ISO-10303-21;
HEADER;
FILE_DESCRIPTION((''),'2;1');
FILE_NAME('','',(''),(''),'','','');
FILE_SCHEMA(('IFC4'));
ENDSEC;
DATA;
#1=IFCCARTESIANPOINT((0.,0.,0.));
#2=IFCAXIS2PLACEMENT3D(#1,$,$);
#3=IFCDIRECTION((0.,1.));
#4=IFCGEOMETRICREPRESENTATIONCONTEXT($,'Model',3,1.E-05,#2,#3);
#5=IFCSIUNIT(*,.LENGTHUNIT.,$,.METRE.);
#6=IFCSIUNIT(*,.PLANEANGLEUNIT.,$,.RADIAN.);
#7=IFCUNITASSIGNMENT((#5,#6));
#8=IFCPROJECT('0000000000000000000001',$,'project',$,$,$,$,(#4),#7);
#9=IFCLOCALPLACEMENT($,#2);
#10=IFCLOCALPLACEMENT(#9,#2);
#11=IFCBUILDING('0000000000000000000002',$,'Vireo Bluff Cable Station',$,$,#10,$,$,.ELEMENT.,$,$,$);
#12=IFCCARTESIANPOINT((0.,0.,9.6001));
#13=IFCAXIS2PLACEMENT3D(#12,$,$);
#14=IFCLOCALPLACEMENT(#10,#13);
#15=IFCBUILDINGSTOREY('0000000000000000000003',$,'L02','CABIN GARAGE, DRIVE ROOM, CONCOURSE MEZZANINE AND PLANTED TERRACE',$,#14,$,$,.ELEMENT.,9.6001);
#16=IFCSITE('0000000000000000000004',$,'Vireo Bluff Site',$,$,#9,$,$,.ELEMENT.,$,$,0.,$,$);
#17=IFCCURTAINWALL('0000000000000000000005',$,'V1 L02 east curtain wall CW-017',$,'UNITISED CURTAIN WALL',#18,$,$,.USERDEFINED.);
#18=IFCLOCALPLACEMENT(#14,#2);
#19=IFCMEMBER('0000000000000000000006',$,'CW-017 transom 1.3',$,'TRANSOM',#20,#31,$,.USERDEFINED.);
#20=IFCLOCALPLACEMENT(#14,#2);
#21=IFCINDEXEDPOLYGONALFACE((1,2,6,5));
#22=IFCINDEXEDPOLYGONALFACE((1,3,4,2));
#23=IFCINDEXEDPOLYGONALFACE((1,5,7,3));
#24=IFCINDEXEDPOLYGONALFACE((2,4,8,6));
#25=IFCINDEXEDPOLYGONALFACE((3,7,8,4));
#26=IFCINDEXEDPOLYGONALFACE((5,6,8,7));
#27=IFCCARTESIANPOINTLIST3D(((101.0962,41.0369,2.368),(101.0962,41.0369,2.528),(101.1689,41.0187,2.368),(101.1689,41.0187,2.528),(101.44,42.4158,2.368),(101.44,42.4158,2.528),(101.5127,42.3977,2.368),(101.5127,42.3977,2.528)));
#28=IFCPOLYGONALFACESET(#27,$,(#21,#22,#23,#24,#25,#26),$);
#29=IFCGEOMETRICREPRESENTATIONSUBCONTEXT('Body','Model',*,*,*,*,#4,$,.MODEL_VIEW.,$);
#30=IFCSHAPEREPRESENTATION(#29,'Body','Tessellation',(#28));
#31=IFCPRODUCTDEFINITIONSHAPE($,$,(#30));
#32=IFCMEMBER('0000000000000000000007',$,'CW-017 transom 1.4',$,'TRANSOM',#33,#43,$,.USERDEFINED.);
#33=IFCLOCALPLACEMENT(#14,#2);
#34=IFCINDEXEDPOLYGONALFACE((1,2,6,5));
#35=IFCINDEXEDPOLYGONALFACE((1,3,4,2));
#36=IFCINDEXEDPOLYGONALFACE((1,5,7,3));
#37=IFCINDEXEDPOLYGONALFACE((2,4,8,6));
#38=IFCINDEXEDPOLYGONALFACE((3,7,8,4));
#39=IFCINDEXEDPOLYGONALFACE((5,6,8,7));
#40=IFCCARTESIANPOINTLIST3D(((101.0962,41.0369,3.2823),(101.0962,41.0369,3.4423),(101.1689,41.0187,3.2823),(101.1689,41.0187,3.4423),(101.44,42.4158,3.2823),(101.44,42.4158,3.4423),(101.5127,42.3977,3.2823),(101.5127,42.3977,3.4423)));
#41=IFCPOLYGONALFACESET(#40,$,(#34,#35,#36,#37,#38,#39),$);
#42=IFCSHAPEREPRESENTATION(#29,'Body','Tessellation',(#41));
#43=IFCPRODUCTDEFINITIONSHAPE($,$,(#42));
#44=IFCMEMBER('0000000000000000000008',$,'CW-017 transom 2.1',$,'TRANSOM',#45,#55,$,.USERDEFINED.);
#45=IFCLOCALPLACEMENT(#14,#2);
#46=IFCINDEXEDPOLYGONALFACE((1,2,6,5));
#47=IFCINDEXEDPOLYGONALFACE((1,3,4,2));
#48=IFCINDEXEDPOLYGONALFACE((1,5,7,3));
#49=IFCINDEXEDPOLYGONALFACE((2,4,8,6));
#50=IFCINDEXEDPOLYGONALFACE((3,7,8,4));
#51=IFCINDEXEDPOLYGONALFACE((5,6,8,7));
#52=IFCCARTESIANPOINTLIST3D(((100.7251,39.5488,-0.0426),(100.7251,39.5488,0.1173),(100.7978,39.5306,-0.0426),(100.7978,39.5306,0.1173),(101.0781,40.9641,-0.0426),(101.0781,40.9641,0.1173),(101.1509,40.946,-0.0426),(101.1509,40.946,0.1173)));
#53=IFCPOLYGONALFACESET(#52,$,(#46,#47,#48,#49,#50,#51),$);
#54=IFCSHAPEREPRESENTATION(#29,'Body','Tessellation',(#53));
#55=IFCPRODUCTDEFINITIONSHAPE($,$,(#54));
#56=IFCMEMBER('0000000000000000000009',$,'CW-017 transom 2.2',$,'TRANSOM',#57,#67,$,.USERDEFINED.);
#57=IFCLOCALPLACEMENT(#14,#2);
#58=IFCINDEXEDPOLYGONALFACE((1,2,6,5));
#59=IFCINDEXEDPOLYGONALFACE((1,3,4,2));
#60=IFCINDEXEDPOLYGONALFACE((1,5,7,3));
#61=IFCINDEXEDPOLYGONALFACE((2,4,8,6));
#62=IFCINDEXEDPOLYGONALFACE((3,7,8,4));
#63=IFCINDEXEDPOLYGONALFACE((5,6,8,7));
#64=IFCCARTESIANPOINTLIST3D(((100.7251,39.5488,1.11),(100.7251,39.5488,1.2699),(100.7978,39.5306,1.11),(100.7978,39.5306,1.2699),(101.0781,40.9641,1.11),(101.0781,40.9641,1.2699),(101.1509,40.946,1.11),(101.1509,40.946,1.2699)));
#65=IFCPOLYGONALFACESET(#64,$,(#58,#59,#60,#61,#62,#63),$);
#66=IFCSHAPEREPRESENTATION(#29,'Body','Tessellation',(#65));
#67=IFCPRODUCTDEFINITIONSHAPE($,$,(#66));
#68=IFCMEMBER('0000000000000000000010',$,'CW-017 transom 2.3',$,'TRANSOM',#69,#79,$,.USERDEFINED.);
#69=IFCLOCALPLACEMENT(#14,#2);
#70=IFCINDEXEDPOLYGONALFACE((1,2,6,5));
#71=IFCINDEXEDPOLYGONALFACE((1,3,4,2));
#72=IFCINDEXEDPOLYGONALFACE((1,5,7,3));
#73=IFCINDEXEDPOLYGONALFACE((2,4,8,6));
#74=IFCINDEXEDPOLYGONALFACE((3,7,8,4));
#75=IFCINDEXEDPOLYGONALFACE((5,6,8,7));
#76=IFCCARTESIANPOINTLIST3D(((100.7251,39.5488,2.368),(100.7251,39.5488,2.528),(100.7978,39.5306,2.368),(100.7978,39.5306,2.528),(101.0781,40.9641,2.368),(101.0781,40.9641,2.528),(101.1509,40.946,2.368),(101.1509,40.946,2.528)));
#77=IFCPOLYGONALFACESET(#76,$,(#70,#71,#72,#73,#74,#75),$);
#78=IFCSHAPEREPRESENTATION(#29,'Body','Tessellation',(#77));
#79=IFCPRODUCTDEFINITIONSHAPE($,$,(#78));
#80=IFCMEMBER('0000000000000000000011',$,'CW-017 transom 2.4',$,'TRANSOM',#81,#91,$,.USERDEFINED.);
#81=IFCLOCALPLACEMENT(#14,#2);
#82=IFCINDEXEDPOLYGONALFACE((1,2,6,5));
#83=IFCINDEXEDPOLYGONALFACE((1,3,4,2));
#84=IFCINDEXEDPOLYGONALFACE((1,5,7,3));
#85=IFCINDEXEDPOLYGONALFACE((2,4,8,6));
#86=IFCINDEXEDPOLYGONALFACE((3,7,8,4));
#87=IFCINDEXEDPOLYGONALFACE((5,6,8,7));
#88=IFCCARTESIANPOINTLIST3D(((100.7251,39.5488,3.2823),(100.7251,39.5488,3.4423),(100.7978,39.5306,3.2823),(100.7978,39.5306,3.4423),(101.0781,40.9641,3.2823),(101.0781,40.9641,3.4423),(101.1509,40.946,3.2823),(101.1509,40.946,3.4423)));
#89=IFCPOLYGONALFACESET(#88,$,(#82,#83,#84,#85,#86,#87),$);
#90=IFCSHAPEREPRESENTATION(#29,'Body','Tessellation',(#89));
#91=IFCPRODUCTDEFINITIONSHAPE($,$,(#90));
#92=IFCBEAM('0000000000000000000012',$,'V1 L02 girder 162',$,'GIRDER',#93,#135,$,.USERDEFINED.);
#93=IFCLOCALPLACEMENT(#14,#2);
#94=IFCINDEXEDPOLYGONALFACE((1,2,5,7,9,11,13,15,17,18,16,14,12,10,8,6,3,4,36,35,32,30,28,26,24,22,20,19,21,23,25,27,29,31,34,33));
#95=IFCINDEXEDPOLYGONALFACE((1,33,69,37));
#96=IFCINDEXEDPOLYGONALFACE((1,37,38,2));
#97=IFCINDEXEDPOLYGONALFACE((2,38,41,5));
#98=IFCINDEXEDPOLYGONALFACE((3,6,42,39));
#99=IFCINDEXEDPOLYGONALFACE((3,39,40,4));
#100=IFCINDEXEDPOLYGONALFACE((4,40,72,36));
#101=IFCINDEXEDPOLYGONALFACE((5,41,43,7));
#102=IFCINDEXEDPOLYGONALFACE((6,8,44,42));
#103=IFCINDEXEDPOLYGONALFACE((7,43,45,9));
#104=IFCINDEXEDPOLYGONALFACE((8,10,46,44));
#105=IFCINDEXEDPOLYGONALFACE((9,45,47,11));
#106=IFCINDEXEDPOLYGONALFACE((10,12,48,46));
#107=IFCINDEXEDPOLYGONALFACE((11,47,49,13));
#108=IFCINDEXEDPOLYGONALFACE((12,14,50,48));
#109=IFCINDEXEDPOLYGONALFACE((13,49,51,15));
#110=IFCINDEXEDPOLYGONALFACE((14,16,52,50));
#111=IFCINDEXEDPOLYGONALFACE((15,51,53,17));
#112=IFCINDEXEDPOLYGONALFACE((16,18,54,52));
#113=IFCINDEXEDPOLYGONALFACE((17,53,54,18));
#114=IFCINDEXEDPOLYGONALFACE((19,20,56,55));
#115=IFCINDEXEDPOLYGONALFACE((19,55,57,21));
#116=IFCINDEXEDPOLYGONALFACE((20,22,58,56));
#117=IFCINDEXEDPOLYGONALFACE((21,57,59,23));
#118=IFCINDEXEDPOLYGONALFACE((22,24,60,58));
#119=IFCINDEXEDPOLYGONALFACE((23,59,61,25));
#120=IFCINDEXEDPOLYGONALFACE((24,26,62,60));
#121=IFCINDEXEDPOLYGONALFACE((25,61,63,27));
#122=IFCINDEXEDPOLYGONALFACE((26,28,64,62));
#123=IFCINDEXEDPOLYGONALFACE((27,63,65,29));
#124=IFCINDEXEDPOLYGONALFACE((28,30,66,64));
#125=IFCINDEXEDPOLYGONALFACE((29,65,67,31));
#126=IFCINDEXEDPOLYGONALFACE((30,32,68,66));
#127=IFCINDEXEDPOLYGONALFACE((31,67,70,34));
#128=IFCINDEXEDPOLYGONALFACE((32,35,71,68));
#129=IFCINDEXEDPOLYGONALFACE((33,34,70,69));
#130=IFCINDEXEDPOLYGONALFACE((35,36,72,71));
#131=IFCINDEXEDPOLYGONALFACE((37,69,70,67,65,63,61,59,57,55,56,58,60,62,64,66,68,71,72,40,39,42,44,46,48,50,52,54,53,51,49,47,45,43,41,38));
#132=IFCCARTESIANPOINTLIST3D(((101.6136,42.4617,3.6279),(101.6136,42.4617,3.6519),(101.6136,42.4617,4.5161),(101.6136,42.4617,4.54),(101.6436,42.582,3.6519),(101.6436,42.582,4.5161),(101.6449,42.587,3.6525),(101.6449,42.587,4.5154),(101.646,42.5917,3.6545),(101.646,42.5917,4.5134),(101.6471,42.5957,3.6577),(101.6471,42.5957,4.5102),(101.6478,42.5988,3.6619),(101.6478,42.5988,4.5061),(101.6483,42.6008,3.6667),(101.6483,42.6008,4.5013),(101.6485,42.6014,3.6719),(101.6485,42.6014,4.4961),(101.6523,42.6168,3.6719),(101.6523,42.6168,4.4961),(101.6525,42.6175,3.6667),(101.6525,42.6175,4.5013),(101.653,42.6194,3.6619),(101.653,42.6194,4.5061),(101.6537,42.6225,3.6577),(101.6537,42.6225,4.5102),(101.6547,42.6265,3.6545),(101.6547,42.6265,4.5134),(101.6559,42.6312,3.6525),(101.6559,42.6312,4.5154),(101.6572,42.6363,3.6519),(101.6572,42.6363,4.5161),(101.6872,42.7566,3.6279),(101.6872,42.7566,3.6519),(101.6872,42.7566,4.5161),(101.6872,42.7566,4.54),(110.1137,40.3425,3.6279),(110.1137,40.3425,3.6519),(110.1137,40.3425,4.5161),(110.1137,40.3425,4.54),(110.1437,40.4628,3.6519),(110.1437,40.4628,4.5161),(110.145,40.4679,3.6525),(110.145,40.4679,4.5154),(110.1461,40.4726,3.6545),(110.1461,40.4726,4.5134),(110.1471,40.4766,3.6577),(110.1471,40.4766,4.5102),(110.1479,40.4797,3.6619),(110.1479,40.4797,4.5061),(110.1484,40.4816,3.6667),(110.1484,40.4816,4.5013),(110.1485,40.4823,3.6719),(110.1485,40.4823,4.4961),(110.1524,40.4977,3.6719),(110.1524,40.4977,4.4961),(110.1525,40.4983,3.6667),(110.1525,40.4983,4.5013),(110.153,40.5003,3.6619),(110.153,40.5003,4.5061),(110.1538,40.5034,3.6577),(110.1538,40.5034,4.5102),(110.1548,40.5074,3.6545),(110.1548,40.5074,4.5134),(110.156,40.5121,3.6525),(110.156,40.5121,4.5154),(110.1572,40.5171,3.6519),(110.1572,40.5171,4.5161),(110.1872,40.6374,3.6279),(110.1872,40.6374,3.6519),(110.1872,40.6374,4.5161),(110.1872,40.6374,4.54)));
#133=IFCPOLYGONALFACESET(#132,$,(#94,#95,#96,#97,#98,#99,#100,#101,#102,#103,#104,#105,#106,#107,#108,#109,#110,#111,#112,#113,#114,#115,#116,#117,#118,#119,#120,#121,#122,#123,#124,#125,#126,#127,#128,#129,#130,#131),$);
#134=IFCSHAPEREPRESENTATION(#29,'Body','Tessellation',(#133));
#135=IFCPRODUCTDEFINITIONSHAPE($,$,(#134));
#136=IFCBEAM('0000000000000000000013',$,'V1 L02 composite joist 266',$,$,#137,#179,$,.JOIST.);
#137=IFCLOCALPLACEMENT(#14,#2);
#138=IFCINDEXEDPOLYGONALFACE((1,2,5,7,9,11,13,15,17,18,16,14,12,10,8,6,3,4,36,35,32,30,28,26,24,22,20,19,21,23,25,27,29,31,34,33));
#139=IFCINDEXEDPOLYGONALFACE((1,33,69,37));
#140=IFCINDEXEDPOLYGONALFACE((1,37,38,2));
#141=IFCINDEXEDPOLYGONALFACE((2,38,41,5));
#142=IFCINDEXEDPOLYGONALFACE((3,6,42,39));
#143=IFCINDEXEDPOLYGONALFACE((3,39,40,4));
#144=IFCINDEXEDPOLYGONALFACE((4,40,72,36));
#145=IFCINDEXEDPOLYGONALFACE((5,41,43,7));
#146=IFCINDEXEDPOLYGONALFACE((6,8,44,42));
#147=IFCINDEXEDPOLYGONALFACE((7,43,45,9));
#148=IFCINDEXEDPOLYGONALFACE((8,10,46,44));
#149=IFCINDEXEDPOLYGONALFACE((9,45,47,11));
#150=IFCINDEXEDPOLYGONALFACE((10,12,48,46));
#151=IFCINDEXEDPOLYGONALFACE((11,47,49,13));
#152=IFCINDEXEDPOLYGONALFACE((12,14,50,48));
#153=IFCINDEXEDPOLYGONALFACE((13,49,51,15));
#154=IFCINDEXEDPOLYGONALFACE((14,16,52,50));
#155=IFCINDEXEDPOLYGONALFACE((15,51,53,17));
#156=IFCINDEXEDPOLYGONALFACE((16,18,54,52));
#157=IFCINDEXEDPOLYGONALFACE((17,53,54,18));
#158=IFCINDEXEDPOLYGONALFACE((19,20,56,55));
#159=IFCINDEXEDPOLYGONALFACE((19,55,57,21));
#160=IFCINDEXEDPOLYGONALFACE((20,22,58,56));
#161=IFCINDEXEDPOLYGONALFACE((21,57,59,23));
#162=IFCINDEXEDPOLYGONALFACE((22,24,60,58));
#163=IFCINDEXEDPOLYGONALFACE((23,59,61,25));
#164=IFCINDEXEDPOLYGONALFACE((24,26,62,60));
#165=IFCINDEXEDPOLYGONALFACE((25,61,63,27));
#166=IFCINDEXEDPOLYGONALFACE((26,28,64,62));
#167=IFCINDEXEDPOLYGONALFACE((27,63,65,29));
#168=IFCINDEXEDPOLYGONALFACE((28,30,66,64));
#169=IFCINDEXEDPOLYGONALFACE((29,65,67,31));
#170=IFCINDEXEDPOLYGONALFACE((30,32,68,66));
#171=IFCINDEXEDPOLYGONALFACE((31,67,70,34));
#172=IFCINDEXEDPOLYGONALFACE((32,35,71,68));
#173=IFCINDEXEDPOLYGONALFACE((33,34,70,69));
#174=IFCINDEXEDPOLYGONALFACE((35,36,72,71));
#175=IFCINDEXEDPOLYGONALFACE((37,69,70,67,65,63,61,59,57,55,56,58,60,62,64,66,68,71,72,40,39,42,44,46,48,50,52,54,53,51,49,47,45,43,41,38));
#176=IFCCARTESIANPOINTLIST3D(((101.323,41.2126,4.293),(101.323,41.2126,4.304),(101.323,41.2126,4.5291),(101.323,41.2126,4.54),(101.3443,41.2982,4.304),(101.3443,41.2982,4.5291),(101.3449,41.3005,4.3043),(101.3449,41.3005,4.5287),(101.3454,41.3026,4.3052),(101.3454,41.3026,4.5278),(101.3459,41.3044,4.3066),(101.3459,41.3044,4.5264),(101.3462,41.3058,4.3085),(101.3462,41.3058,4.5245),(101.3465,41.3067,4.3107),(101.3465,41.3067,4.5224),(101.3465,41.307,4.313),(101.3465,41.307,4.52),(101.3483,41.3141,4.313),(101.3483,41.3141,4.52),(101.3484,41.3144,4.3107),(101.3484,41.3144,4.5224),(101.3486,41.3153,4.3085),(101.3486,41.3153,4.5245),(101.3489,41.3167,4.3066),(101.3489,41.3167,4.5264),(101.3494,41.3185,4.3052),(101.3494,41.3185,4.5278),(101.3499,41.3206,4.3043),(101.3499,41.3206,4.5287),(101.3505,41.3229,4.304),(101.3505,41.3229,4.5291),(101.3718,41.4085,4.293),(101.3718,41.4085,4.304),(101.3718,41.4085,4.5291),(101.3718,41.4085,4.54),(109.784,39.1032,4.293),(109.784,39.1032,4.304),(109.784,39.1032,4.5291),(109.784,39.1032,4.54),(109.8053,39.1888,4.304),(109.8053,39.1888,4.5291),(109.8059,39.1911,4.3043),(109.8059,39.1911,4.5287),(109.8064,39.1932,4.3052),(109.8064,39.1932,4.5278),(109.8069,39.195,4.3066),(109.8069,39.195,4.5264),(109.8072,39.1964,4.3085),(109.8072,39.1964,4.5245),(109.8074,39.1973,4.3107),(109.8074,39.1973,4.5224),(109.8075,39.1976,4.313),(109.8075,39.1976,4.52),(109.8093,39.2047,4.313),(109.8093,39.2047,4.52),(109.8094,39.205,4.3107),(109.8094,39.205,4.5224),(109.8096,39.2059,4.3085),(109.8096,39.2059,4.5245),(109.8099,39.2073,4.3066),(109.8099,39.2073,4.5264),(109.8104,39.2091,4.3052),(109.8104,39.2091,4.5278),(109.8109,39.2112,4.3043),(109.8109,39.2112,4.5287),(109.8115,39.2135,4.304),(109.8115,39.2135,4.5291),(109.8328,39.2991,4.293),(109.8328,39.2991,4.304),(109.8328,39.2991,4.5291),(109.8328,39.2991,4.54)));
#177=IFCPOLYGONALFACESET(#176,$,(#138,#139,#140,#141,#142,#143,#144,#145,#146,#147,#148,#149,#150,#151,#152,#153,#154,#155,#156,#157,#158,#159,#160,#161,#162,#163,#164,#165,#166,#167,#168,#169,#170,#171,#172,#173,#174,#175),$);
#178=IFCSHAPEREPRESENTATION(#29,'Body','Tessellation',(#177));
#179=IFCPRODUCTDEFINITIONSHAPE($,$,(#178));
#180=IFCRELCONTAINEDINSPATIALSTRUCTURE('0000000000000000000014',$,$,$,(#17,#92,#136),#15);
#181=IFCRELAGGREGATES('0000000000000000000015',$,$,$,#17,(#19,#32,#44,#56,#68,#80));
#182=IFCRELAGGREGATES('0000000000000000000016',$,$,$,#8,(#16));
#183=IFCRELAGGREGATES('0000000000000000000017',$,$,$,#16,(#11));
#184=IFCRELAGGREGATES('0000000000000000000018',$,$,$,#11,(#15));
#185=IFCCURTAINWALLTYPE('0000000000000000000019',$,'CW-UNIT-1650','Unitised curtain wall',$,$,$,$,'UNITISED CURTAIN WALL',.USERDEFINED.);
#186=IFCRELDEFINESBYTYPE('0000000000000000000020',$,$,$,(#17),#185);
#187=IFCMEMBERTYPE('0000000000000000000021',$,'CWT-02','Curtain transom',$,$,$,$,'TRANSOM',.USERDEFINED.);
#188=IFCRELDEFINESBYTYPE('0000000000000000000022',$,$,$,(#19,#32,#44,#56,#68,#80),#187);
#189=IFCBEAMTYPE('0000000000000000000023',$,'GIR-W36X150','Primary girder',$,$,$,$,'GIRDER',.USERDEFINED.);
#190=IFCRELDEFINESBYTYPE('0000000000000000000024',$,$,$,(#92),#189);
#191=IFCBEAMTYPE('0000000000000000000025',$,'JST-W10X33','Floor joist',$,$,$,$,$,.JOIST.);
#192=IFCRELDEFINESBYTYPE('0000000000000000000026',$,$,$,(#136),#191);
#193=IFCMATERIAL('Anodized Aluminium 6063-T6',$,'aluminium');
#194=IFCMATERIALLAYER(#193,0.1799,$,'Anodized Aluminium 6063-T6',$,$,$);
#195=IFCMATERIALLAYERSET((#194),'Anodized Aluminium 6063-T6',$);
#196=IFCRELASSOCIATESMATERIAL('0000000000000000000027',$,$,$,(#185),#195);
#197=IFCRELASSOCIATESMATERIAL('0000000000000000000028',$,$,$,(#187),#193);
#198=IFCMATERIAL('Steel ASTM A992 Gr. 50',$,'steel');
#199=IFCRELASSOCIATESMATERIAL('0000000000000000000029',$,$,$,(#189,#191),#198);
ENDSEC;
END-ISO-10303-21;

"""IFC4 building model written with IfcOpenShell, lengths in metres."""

from ifc_helpers import new_model, si_unit, direction, frame, origin, origin_2d, place, context, subcontext, project, spatial, rectangle, i_section, extrude, material, layer, layer_set, material_profile, profile_set, type_object, element, aggregate, save


model = new_model("IFC4")

# Units and contexts
model_context = context("Model", 3, precision=1e-05, world=origin(), true_north=direction((0.0, 1.0)))
body_context = subcontext(model_context, "Body", "Model", "MODEL_VIEW")
ifc_project = project(units=[si_unit("LENGTHUNIT", "METRE"), si_unit("PLANEANGLEUNIT", "RADIAN")], contexts=[model_context])

# Site, building, storey
site_placement = place(None, origin())
site = spatial("IfcSite", under=ifc_project, at=site_placement, Name="Vireo Bluff Site", CompositionType="ELEMENT", RefElevation=0.0)
building_placement = place(site_placement, origin())
building = spatial("IfcBuilding", under=site, at=building_placement, Name="Vireo Bluff Cable Station", CompositionType="ELEMENT")
storey_placement = place(building_placement, frame((0.0, 0.0, 9.6001)))
storey = spatial("IfcBuildingStorey", under=building, at=storey_placement, Name="L02", Description="CABIN GARAGE, DRIVE ROOM, CONCOURSE MEZZANINE AND PLANTED TERRACE", CompositionType="ELEMENT", Elevation=9.6001)

# Shared definitions
ifc_material_1 = material(Name="Steel ASTM A992 Gr. 50", Category="steel")

# Shared definitions
ifc_material_2 = material(Name="Anodized Aluminium 6063-T6", Category="aluminium")

# Curtain wall, members
ifc_layer_1 = layer(ifc_material_2, 0.1799, Name="Anodized Aluminium 6063-T6")
ifc_layer_set_1 = layer_set([ifc_layer_1], Name="Anodized Aluminium 6063-T6")
curtain_wall_type_1 = type_object("IfcCurtainWallType", Name="CW-UNIT-1650", Description="Unitised curtain wall", ElementType="UNITISED CURTAIN WALL", PredefinedType="USERDEFINED", material=ifc_layer_set_1)
curtain_wall_1_placement = place(storey_placement, origin())
curtain_wall_1 = element("IfcCurtainWall", 1, at=curtain_wall_1_placement, inside=storey, type_object=curtain_wall_type_1, Name="V1 L02 east curtain wall CW-017", ObjectType="UNITISED CURTAIN WALL", PredefinedType="USERDEFINED")
ifc_material_profile_1 = material_profile(ifc_material_2, rectangle(XDim=0.075, YDim=0.1599, at=origin_2d()), Name="ALU-T-75X160")
ifc_profile_set_1 = profile_set([ifc_material_profile_1], Name="Anodized Aluminium 6063-T6")
member_type_1 = type_object("IfcMemberType", Name="CWT-02", Description="Curtain transom", ElementType="TRANSOM", PredefinedType="USERDEFINED", material=ifc_profile_set_1)
member_1_placement = place(storey_placement, frame((101.4763, 42.4067, 2.448), z_axis=(-0.241889, -0.970304, 0.0), x_axis=(0.970304, -0.241889, 0.0)))
member_1 = element("IfcMember", 2, at=member_1_placement, type_object=member_type_1, Name="CW-017 transom 1.3", ObjectType="TRANSOM", PredefinedType="USERDEFINED", context=body_context, shape_type="SweptSolid", body=[
    extrude(rectangle(XDim=0.075, YDim=0.1599, at=origin_2d()), origin(), (0.0, 0.0, 1.0), 1.4211),
])
member_2_placement = place(storey_placement, frame((101.4763, 42.4067, 3.3623), z_axis=(-0.241889, -0.970304, 0.0), x_axis=(0.970304, -0.241889, 0.0)))
member_2 = element("IfcMember", 3, at=member_2_placement, type_object=member_type_1, Name="CW-017 transom 1.4", ObjectType="TRANSOM", PredefinedType="USERDEFINED", context=body_context, shape_type="SweptSolid", body=[
    extrude(rectangle(XDim=0.075, YDim=0.1599, at=origin_2d()), origin(), (0.0, 0.0, 1.0), 1.4211),
])
member_3_placement = place(storey_placement, frame((101.1145, 40.9551, 0.0374), z_axis=(-0.242024, -0.97027, 0.0), x_axis=(0.97027, -0.242024, 0.0)))
member_3 = element("IfcMember", 4, at=member_3_placement, type_object=member_type_1, Name="CW-017 transom 2.1", ObjectType="TRANSOM", PredefinedType="USERDEFINED", context=body_context, shape_type="SweptSolid", body=[
    extrude(rectangle(XDim=0.075, YDim=0.1599, at=origin_2d()), origin(), (0.0, 0.0, 1.0), 1.4587),
])
member_4_placement = place(storey_placement, frame((101.1145, 40.9551, 1.1899), z_axis=(-0.242024, -0.97027, 0.0), x_axis=(0.97027, -0.242024, 0.0)))
member_4 = element("IfcMember", 5, at=member_4_placement, type_object=member_type_1, Name="CW-017 transom 2.2", ObjectType="TRANSOM", PredefinedType="USERDEFINED", context=body_context, shape_type="SweptSolid", body=[
    extrude(rectangle(XDim=0.075, YDim=0.1599, at=origin_2d()), origin(), (0.0, 0.0, 1.0), 1.4587),
])
member_5_placement = place(storey_placement, frame((101.1145, 40.9551, 2.448), z_axis=(-0.242024, -0.97027, 0.0), x_axis=(0.97027, -0.242024, 0.0)))
member_5 = element("IfcMember", 6, at=member_5_placement, type_object=member_type_1, Name="CW-017 transom 2.3", ObjectType="TRANSOM", PredefinedType="USERDEFINED", context=body_context, shape_type="SweptSolid", body=[
    extrude(rectangle(XDim=0.075, YDim=0.1599, at=origin_2d()), origin(), (0.0, 0.0, 1.0), 1.4587),
])
member_6_placement = place(storey_placement, frame((101.1145, 40.9551, 3.3623), z_axis=(-0.242024, -0.97027, 0.0), x_axis=(0.97027, -0.242024, 0.0)))
member_6 = element("IfcMember", 7, at=member_6_placement, type_object=member_type_1, Name="CW-017 transom 2.4", ObjectType="TRANSOM", PredefinedType="USERDEFINED", context=body_context, shape_type="SweptSolid", body=[
    extrude(rectangle(XDim=0.075, YDim=0.1599, at=origin_2d()), origin(), (0.0, 0.0, 1.0), 1.4587),
])

# Beams
ifc_material_profile_2 = material_profile(ifc_material_1, i_section(OverallWidth=0.304, OverallDepth=0.9121, WebThickness=0.0159, FlangeThickness=0.0239, FilletRadius=0.02, at=origin_2d()), Name="W36X150")
ifc_profile_set_2 = profile_set([ifc_material_profile_2], Name="Steel ASTM A992 Gr. 50")
beam_type_1 = type_object("IfcBeamType", Name="GIR-W36X150", Description="Primary girder", ElementType="GIRDER", PredefinedType="USERDEFINED", material=ifc_profile_set_2)
beam_1_placement = place(storey_placement, frame((101.6504, 42.6091, 4.084), z_axis=(0.9703, -0.241906, 0.0), x_axis=(0.241906, 0.9703, 0.0)))
element("IfcBeam", 8, at=beam_1_placement, inside=storey, type_object=beam_type_1, Name="V1 L02 girder 162", ObjectType="GIRDER", PredefinedType="USERDEFINED", context=body_context, shape_type="SweptSolid", body=[
    extrude(i_section(OverallWidth=0.304, OverallDepth=0.9121, WebThickness=0.0159, FlangeThickness=0.0239, FilletRadius=0.02, at=origin_2d()), origin(), (0.0, 0.0, 1.0), 8.7603),
])
ifc_material_profile_3 = material_profile(ifc_material_1, i_section(OverallWidth=0.2019, OverallDepth=0.2471, WebThickness=0.0073, FlangeThickness=0.011, FilletRadius=0.009, at=origin_2d()), Name="W10X33")
ifc_profile_set_3 = profile_set([ifc_material_profile_3], Name="Steel ASTM A992 Gr. 50")
beam_type_2 = type_object("IfcBeamType", Name="JST-W10X33", Description="Floor joist", PredefinedType="JOIST", material=ifc_profile_set_3)
beam_2_placement = place(storey_placement, frame((101.3474, 41.3105, 4.4165), z_axis=(0.9703, -0.241903, 0.0), x_axis=(0.241903, 0.9703, 0.0)))
element("IfcBeam", 9, at=beam_2_placement, inside=storey, type_object=beam_type_2, Name="V1 L02 composite joist 266", PredefinedType="JOIST", context=body_context, shape_type="SweptSolid", body=[
    extrude(i_section(OverallWidth=0.2019, OverallDepth=0.2471, WebThickness=0.0073, FlangeThickness=0.011, FilletRadius=0.009, at=origin_2d()), origin(), (0.0, 0.0, 1.0), 8.72),
])

aggregate(curtain_wall_1, [member_1, member_2, member_3, member_4, member_5, member_6])

save(model, "model.ifc")
